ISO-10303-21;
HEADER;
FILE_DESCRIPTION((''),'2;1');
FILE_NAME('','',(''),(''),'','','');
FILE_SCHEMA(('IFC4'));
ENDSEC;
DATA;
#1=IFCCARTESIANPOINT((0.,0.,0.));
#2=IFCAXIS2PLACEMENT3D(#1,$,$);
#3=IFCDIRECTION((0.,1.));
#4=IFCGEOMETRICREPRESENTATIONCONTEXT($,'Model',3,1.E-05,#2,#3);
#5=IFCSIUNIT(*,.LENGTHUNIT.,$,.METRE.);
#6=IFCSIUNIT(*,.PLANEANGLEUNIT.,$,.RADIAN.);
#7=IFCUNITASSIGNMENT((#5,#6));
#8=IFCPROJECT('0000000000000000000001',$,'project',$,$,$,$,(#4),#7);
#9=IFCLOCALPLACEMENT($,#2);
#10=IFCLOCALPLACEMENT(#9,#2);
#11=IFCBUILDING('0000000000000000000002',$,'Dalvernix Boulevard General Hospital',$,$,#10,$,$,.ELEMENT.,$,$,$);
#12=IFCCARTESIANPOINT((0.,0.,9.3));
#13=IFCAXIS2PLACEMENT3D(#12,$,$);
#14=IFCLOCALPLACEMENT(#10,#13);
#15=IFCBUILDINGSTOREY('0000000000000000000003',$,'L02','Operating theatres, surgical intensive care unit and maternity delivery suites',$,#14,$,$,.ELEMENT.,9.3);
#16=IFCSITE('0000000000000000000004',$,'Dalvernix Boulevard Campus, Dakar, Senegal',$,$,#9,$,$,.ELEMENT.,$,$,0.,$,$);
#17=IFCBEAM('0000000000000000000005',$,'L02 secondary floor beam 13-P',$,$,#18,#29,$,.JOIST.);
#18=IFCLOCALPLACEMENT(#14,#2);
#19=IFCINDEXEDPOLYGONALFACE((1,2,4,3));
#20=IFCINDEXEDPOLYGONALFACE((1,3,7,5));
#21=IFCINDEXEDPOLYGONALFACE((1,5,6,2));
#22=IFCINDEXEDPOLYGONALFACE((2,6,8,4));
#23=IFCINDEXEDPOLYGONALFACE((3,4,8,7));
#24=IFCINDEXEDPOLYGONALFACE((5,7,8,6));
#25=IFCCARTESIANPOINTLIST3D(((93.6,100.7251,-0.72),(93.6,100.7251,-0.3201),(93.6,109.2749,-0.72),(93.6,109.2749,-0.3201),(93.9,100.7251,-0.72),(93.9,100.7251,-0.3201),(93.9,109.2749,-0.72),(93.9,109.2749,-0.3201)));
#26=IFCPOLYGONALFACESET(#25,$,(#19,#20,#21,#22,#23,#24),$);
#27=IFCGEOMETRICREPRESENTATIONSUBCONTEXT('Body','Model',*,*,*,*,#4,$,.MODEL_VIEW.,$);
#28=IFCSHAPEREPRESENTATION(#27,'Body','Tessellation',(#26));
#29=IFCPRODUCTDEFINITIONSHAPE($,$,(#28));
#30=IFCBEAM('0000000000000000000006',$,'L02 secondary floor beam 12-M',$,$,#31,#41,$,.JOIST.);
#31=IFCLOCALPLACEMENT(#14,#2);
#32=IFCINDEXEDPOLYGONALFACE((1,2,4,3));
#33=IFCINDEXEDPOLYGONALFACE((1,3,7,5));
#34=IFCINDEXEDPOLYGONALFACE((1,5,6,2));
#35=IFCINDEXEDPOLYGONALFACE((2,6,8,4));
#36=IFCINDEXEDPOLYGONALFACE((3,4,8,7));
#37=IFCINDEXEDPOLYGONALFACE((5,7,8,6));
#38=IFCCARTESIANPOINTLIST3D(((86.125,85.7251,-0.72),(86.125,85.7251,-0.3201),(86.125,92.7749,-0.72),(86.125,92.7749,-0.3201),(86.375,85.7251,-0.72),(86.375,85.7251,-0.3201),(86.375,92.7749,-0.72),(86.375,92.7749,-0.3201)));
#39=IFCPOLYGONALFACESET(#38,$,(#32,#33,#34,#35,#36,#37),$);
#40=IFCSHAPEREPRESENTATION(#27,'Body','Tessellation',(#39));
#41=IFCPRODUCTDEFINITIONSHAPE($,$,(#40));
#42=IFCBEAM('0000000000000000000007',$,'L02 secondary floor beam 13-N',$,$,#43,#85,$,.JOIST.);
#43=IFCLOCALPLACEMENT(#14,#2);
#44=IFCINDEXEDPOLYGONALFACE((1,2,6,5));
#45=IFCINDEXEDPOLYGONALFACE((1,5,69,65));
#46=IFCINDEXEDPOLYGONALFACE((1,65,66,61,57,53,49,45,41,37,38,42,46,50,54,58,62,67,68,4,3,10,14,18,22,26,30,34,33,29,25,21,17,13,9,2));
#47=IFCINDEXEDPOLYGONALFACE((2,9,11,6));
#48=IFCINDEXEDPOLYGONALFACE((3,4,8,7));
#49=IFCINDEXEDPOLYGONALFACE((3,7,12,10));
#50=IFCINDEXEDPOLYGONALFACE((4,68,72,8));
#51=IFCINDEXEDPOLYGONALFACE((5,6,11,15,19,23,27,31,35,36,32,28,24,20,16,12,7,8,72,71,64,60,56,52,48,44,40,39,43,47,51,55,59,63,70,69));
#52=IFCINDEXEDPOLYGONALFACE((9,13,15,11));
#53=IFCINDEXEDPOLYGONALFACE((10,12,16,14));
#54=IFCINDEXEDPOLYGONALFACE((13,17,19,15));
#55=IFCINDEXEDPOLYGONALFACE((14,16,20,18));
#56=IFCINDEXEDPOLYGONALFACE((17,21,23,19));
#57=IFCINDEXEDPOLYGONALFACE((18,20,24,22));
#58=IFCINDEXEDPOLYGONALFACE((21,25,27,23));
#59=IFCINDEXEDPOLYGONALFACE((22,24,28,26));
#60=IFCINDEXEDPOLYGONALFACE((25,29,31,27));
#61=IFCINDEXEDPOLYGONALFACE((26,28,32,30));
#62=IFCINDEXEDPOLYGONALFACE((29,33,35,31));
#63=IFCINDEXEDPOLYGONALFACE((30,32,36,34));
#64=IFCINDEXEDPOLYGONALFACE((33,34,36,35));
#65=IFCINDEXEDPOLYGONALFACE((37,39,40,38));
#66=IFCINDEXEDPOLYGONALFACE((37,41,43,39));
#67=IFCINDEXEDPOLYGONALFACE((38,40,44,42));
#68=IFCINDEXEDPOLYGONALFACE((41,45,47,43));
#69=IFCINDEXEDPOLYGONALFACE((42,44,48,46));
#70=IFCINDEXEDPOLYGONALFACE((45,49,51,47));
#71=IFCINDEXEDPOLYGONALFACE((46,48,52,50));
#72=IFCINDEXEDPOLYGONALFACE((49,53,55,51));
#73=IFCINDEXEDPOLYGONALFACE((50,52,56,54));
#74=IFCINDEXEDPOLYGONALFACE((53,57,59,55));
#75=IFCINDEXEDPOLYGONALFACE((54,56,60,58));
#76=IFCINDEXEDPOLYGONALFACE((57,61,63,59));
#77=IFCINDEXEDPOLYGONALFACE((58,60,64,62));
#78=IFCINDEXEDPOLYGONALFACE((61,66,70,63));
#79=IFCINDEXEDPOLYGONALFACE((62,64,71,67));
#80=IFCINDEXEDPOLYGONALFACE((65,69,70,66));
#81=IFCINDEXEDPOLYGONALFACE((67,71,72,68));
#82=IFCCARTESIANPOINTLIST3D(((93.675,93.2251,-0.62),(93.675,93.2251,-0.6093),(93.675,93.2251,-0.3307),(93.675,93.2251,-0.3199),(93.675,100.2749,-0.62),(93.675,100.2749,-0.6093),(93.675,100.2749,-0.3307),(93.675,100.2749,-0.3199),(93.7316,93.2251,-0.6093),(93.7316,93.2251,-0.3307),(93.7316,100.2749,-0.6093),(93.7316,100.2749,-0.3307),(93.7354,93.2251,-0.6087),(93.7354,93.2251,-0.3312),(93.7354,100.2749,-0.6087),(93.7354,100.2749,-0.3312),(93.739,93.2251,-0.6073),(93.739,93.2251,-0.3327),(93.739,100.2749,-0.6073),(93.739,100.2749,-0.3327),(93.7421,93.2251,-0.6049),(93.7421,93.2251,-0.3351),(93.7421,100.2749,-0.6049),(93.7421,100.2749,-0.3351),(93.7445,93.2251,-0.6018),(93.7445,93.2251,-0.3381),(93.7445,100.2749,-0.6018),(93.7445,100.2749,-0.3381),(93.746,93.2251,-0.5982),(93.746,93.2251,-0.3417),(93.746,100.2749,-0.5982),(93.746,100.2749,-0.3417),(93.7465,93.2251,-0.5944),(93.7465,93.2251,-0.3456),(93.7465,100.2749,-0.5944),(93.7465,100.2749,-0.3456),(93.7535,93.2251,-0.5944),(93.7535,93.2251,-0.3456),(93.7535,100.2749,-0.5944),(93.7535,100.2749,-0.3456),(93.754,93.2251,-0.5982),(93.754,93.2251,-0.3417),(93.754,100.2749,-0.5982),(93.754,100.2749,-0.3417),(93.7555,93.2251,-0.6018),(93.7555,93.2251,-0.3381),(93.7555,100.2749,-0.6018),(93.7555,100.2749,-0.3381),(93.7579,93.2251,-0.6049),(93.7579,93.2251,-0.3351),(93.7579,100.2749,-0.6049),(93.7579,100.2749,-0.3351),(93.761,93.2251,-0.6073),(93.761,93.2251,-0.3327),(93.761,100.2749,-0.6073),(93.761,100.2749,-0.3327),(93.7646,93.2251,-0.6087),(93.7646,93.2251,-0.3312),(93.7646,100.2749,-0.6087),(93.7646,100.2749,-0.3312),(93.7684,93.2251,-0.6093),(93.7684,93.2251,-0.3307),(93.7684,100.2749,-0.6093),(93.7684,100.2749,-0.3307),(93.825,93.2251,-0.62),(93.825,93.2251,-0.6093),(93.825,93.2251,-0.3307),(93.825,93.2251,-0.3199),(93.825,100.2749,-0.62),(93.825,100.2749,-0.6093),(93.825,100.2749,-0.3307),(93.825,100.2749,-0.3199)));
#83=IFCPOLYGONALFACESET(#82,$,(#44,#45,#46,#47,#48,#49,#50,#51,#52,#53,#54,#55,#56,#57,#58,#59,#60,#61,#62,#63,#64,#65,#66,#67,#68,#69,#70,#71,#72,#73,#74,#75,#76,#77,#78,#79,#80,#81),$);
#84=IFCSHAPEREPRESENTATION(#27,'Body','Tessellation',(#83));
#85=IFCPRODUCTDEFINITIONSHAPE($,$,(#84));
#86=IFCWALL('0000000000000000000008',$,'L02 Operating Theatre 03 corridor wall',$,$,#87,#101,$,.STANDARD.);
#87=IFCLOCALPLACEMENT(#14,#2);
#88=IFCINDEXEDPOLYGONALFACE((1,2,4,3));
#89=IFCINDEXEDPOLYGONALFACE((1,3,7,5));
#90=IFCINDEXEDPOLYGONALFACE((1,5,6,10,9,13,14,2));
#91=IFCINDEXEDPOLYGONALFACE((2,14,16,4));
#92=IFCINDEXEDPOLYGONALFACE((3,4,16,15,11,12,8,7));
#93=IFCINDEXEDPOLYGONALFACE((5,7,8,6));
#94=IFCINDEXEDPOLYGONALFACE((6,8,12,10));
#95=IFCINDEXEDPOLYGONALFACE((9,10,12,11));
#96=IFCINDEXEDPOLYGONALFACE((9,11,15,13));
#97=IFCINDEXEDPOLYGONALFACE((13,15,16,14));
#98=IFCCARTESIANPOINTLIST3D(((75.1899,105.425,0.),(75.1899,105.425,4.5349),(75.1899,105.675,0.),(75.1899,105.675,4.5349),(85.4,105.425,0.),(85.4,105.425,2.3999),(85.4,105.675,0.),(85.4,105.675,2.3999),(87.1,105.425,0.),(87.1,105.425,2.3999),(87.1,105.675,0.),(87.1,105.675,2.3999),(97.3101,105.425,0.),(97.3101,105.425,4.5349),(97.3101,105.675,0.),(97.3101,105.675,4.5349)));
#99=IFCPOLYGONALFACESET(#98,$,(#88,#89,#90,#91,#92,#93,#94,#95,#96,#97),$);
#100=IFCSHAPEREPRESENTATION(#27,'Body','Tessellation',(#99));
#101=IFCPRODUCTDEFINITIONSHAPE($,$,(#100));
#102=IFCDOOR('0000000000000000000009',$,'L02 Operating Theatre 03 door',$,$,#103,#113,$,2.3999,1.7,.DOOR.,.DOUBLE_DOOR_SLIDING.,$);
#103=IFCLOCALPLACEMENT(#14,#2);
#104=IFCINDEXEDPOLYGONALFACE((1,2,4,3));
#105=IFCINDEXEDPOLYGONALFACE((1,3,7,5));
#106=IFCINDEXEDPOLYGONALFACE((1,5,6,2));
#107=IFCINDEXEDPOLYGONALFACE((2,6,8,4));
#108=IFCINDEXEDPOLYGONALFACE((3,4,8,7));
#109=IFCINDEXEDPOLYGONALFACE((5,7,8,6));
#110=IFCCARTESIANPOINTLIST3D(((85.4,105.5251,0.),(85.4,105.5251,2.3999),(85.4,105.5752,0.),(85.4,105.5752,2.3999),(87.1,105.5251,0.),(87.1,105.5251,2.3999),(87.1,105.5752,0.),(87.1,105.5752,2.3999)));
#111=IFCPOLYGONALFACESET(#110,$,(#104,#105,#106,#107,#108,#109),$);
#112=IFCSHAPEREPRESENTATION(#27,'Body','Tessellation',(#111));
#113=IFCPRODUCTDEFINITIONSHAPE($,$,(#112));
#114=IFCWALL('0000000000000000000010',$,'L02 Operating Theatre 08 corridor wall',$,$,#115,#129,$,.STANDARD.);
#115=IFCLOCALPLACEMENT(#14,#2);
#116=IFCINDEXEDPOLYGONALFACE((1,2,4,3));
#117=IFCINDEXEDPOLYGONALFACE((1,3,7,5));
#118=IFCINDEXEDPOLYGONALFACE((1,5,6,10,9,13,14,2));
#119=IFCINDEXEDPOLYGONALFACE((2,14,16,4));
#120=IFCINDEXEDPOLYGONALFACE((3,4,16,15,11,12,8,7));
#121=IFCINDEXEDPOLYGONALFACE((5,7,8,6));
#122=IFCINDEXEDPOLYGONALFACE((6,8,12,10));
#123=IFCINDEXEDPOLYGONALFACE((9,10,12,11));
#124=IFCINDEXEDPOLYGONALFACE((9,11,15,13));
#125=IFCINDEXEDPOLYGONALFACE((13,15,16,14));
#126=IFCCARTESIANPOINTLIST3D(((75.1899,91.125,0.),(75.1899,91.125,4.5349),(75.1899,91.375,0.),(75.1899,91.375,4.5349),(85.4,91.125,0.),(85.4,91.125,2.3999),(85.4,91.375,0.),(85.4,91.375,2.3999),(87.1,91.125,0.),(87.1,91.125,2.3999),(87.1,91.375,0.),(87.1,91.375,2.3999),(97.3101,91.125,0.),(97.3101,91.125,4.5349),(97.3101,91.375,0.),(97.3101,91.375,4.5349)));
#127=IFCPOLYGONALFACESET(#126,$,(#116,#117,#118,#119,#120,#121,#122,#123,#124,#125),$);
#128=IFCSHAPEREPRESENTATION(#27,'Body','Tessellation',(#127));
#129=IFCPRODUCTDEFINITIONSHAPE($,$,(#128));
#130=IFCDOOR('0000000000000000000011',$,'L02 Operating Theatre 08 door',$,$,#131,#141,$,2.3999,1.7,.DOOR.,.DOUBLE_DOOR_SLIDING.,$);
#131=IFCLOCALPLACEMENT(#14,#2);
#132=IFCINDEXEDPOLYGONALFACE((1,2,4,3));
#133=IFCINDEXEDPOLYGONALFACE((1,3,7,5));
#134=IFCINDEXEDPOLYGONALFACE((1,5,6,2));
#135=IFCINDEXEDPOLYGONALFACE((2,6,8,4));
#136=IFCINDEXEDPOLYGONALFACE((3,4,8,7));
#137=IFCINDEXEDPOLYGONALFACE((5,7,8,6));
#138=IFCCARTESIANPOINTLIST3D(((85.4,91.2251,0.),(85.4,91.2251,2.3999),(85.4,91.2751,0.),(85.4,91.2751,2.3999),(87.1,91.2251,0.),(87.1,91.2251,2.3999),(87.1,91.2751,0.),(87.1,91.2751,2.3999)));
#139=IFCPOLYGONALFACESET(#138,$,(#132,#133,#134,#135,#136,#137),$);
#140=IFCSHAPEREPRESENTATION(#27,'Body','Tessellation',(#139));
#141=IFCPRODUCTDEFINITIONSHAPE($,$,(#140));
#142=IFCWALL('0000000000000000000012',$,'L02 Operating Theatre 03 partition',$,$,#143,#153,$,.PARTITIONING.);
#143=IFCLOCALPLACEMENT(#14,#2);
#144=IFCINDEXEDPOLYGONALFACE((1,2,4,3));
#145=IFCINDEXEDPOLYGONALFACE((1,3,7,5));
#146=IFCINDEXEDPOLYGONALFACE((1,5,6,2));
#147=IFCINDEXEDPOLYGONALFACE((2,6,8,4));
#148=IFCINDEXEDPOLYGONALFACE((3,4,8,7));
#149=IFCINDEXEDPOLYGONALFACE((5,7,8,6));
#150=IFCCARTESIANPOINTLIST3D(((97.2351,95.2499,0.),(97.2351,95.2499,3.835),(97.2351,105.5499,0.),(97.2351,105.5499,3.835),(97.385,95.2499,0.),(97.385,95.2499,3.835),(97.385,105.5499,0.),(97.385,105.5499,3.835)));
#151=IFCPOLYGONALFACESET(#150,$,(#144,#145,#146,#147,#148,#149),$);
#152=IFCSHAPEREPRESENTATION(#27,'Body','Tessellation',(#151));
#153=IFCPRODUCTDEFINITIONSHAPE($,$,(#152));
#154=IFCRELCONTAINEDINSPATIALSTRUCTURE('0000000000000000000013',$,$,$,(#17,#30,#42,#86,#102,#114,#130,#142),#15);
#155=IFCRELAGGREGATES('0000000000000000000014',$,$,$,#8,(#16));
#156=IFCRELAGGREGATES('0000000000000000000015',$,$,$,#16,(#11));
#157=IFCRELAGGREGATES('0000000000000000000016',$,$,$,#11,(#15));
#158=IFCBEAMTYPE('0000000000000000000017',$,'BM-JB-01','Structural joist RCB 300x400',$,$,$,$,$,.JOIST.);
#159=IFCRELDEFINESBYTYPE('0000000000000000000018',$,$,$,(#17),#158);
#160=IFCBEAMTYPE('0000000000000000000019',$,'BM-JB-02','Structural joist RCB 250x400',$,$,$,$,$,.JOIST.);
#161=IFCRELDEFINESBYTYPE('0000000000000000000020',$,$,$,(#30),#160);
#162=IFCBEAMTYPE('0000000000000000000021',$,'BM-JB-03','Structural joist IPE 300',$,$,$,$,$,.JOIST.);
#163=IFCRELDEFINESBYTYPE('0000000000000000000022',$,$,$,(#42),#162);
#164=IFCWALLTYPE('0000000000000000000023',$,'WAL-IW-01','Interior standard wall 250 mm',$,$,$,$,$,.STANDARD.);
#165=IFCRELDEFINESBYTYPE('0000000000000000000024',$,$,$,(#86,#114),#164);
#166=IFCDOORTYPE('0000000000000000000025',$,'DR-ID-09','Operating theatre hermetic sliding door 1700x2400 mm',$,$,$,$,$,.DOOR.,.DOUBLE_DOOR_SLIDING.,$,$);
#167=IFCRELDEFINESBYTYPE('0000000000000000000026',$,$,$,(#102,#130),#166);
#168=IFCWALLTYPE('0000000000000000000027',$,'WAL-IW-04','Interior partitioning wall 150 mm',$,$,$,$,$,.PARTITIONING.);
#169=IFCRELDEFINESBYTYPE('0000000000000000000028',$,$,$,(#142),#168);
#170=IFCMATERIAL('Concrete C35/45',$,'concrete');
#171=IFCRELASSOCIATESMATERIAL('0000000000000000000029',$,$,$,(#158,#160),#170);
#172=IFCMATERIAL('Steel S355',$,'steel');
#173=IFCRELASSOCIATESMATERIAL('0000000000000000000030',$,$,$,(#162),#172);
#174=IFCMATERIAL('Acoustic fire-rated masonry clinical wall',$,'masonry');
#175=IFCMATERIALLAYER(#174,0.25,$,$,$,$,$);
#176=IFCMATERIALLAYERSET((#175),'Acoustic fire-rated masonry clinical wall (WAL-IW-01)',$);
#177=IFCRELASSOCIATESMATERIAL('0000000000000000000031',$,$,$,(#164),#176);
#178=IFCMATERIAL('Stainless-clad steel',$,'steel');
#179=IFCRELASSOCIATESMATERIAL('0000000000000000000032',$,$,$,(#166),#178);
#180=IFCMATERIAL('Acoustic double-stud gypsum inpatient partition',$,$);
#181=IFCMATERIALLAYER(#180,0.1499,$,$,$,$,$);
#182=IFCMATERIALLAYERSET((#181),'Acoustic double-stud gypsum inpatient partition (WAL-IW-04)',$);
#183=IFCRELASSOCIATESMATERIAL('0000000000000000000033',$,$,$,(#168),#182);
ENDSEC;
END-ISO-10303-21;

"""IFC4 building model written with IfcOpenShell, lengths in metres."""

from ifc_helpers import new_model, si_unit, direction, frame, frame_2d, origin, origin_2d, place, context, subcontext, project, spatial, rectangle, i_section, extrude, material, layer, layer_set, material_profile, profile_set, type_object, element, fill, save


model = new_model("IFC4")

# Units and contexts
model_context = context("Model", 3, precision=1e-05, world=origin(), true_north=direction((0.0, 1.0)))
body_context = subcontext(model_context, "Body", "Model", "MODEL_VIEW")
ifc_project = project(units=[si_unit("LENGTHUNIT", "METRE"), si_unit("PLANEANGLEUNIT", "RADIAN")], contexts=[model_context])

# Site, building, storey
site_placement = place(None, origin())
site = spatial("IfcSite", under=ifc_project, at=site_placement, Name="Dalvernix Boulevard Campus, Dakar, Senegal", CompositionType="ELEMENT", RefElevation=0.0)
building_placement = place(site_placement, origin())
building = spatial("IfcBuilding", under=site, at=building_placement, Name="Dalvernix Boulevard General Hospital", CompositionType="ELEMENT")
storey_placement = place(building_placement, frame((0.0, 0.0, 9.3)))
storey = spatial("IfcBuildingStorey", under=building, at=storey_placement, Name="L02", Description="Operating theatres, surgical intensive care unit and maternity delivery suites", CompositionType="ELEMENT", Elevation=9.3)

# Beams
ifc_material_1 = material(Name="Concrete C35/45", Category="concrete")
ifc_material_profile_1 = material_profile(ifc_material_1, rectangle(XDim=0.3, YDim=0.3999, at=origin_2d()), Name="RCB 300x400")
ifc_profile_set_1 = profile_set([ifc_material_profile_1], Name="Concrete C35/45")
beam_type_1 = type_object("IfcBeamType", Name="BM-JB-01", Description="Structural joist RCB 300x400", PredefinedType="JOIST", material=ifc_profile_set_1)
for number, where, z_axis, x_axis, name in (
    (1, (93.75, 100.7251, -0.52), (0.0, 1.0, 0.0), (-1.0, 0.0, 0.0), "L02 secondary floor beam 13-P"),
):
    element("IfcBeam", number, at=place(storey_placement, frame(where, z_axis=z_axis, x_axis=x_axis)), inside=storey, type_object=beam_type_1, Name=name, PredefinedType="JOIST", context=body_context, shape_type="SweptSolid", body=[
        extrude(rectangle(XDim=0.3, YDim=0.3999, at=origin_2d()), origin(), (0.0, 0.0, 1.0), 8.5498),
    ])
ifc_material_profile_2 = material_profile(ifc_material_1, rectangle(XDim=0.25, YDim=0.3999, at=origin_2d()), Name="RCB 250x400")
ifc_profile_set_2 = profile_set([ifc_material_profile_2], Name="Concrete C35/45")
beam_type_2 = type_object("IfcBeamType", Name="BM-JB-02", Description="Structural joist RCB 250x400", PredefinedType="JOIST", material=ifc_profile_set_2)
beam_1_placement = place(storey_placement, frame((86.25, 85.7251, -0.52), z_axis=(0.0, 1.0, 0.0), x_axis=(-1.0, 0.0, 0.0)))
element("IfcBeam", 2, at=beam_1_placement, inside=storey, type_object=beam_type_2, Name="L02 secondary floor beam 12-M", PredefinedType="JOIST", context=body_context, shape_type="SweptSolid", body=[
    extrude(rectangle(XDim=0.25, YDim=0.3999, at=origin_2d()), origin(), (0.0, 0.0, 1.0), 7.0498),
])
ifc_material_2 = material(Name="Steel S355", Category="steel")
ifc_material_profile_3 = material_profile(ifc_material_2, i_section(OverallWidth=0.1499, OverallDepth=0.3, WebThickness=0.0071, FlangeThickness=0.0107, FilletRadius=0.0149, at=origin_2d()), Name="IPE 300")
ifc_profile_set_3 = profile_set([ifc_material_profile_3], Name="Steel S355")
beam_type_3 = type_object("IfcBeamType", Name="BM-JB-03", Description="Structural joist IPE 300", PredefinedType="JOIST", material=ifc_profile_set_3)
beam_2_placement = place(storey_placement, frame((93.75, 93.2251, -0.47), z_axis=(0.0, 1.0, 0.0), x_axis=(-1.0, 0.0, 0.0)))
element("IfcBeam", 3, at=beam_2_placement, inside=storey, type_object=beam_type_3, Name="L02 secondary floor beam 13-N", PredefinedType="JOIST", context=body_context, shape_type="SweptSolid", body=[
    extrude(i_section(OverallWidth=0.1499, OverallDepth=0.3, WebThickness=0.0071, FlangeThickness=0.0107, FilletRadius=0.0149, at=origin_2d()), origin(), (0.0, 0.0, 1.0), 7.0498),
])

# Walls, openings, doors
ifc_material_3 = material(Name="Acoustic fire-rated masonry clinical wall", Category="masonry")
ifc_layer_1 = layer(ifc_material_3, 0.25)
ifc_layer_set_1 = layer_set([ifc_layer_1], Name="Acoustic fire-rated masonry clinical wall (WAL-IW-01)")
wall_type_1 = type_object("IfcWallType", Name="WAL-IW-01", Description="Interior standard wall 250 mm", PredefinedType="STANDARD", material=ifc_layer_set_1)
wall_1_placement = place(storey_placement, frame((97.3101, 105.55, 0.0), z_axis=(0.0, 0.0, 1.0), x_axis=(-1.0, 0.0, 0.0)))
wall_1 = element("IfcWall", 4, at=wall_1_placement, inside=storey, type_object=wall_type_1, Name="L02 Operating Theatre 03 corridor wall", PredefinedType="STANDARD", context=body_context, shape_type="SweptSolid", body=[
    extrude(rectangle(XDim=22.1201, YDim=0.25, at=frame_2d((11.0601, 0.0))), origin(), (0.0, 0.0, 1.0), 4.5349),
])
opening_1_placement = place(wall_1_placement, frame((10.21, 0.0, 0.0)))
opening_1 = element("IfcOpeningElement", 5, at=opening_1_placement, cuts=wall_1, PredefinedType="OPENING", context=body_context, shape_type="SweptSolid", body=[
    extrude(rectangle(XDim=1.7, YDim=2.3999, at=frame_2d((0.8501, 1.2))), frame((0.0, 0.135, 0.0), z_axis=(0.0, -1.0, 0.0), x_axis=(1.0, 0.0, 0.0)), (0.0, 0.0, 1.0), 0.27),
])
ifc_material_4 = material(Name="Stainless-clad steel", Category="steel")
door_type = type_object("IfcDoorType", Name="DR-ID-09", Description="Operating theatre hermetic sliding door 1700x2400 mm", OperationType="DOUBLE_DOOR_SLIDING", PredefinedType="DOOR", material=ifc_material_4)
door_1_placement = place(opening_1_placement, origin())
door_1 = element("IfcDoor", 6, at=door_1_placement, inside=storey, type_object=door_type, Name="L02 Operating Theatre 03 door", OperationType="DOUBLE_DOOR_SLIDING", OverallHeight=2.3999, OverallWidth=1.7, PredefinedType="DOOR", context=body_context, shape_type="SweptSolid", body=[
    extrude(rectangle(XDim=1.7, YDim=2.3999, at=frame_2d((0.8501, 1.2))), frame((0.0, 0.0249, 0.0), z_axis=(0.0, -1.0, 0.0), x_axis=(1.0, 0.0, 0.0)), (0.0, 0.0, 1.0), 0.05),
])
fill(opening_1, door_1)
wall_2_placement = place(storey_placement, frame((97.3101, 91.25, 0.0), z_axis=(0.0, 0.0, 1.0), x_axis=(-1.0, 0.0, 0.0)))
wall_2 = element("IfcWall", 7, at=wall_2_placement, inside=storey, type_object=wall_type_1, Name="L02 Operating Theatre 08 corridor wall", PredefinedType="STANDARD", context=body_context, shape_type="SweptSolid", body=[
    extrude(rectangle(XDim=22.1201, YDim=0.25, at=frame_2d((11.0601, 0.0))), origin(), (0.0, 0.0, 1.0), 4.5349),
])
opening_2_placement = place(wall_2_placement, frame((10.21, 0.0, 0.0)))
opening_2 = element("IfcOpeningElement", 8, at=opening_2_placement, cuts=wall_2, PredefinedType="OPENING", context=body_context, shape_type="SweptSolid", body=[
    extrude(rectangle(XDim=1.7, YDim=2.3999, at=frame_2d((0.8501, 1.2))), frame((0.0, 0.135, 0.0), z_axis=(0.0, -1.0, 0.0), x_axis=(1.0, 0.0, 0.0)), (0.0, 0.0, 1.0), 0.27),
])
door_2_placement = place(opening_2_placement, origin())
door_2 = element("IfcDoor", 9, at=door_2_placement, inside=storey, type_object=door_type, Name="L02 Operating Theatre 08 door", OperationType="DOUBLE_DOOR_SLIDING", OverallHeight=2.3999, OverallWidth=1.7, PredefinedType="DOOR", context=body_context, shape_type="SweptSolid", body=[
    extrude(rectangle(XDim=1.7, YDim=2.3999, at=frame_2d((0.8501, 1.2))), frame((0.0, 0.0249, 0.0), z_axis=(0.0, -1.0, 0.0), x_axis=(1.0, 0.0, 0.0)), (0.0, 0.0, 1.0), 0.05),
])
fill(opening_2, door_2)

# Wall
ifc_material_5 = material(Name="Acoustic double-stud gypsum inpatient partition")
ifc_layer_2 = layer(ifc_material_5, 0.1499)
ifc_layer_set_2 = layer_set([ifc_layer_2], Name="Acoustic double-stud gypsum inpatient partition (WAL-IW-04)")
wall_type_2 = type_object("IfcWallType", Name="WAL-IW-04", Description="Interior partitioning wall 150 mm", PredefinedType="PARTITIONING", material=ifc_layer_set_2)
wall_3_placement = place(storey_placement, frame((97.3101, 95.25, 0.0), z_axis=(0.0, 0.0, 1.0), x_axis=(0.0, 1.0, 0.0)))
element("IfcWall", 10, at=wall_3_placement, inside=storey, type_object=wall_type_2, Name="L02 Operating Theatre 03 partition", PredefinedType="PARTITIONING", context=body_context, shape_type="SweptSolid", body=[
    extrude(rectangle(XDim=10.3, YDim=0.1499, at=frame_2d((5.1499, 0.0))), origin(), (0.0, 0.0, 1.0), 3.835),
])

save(model, "model.ifc")
